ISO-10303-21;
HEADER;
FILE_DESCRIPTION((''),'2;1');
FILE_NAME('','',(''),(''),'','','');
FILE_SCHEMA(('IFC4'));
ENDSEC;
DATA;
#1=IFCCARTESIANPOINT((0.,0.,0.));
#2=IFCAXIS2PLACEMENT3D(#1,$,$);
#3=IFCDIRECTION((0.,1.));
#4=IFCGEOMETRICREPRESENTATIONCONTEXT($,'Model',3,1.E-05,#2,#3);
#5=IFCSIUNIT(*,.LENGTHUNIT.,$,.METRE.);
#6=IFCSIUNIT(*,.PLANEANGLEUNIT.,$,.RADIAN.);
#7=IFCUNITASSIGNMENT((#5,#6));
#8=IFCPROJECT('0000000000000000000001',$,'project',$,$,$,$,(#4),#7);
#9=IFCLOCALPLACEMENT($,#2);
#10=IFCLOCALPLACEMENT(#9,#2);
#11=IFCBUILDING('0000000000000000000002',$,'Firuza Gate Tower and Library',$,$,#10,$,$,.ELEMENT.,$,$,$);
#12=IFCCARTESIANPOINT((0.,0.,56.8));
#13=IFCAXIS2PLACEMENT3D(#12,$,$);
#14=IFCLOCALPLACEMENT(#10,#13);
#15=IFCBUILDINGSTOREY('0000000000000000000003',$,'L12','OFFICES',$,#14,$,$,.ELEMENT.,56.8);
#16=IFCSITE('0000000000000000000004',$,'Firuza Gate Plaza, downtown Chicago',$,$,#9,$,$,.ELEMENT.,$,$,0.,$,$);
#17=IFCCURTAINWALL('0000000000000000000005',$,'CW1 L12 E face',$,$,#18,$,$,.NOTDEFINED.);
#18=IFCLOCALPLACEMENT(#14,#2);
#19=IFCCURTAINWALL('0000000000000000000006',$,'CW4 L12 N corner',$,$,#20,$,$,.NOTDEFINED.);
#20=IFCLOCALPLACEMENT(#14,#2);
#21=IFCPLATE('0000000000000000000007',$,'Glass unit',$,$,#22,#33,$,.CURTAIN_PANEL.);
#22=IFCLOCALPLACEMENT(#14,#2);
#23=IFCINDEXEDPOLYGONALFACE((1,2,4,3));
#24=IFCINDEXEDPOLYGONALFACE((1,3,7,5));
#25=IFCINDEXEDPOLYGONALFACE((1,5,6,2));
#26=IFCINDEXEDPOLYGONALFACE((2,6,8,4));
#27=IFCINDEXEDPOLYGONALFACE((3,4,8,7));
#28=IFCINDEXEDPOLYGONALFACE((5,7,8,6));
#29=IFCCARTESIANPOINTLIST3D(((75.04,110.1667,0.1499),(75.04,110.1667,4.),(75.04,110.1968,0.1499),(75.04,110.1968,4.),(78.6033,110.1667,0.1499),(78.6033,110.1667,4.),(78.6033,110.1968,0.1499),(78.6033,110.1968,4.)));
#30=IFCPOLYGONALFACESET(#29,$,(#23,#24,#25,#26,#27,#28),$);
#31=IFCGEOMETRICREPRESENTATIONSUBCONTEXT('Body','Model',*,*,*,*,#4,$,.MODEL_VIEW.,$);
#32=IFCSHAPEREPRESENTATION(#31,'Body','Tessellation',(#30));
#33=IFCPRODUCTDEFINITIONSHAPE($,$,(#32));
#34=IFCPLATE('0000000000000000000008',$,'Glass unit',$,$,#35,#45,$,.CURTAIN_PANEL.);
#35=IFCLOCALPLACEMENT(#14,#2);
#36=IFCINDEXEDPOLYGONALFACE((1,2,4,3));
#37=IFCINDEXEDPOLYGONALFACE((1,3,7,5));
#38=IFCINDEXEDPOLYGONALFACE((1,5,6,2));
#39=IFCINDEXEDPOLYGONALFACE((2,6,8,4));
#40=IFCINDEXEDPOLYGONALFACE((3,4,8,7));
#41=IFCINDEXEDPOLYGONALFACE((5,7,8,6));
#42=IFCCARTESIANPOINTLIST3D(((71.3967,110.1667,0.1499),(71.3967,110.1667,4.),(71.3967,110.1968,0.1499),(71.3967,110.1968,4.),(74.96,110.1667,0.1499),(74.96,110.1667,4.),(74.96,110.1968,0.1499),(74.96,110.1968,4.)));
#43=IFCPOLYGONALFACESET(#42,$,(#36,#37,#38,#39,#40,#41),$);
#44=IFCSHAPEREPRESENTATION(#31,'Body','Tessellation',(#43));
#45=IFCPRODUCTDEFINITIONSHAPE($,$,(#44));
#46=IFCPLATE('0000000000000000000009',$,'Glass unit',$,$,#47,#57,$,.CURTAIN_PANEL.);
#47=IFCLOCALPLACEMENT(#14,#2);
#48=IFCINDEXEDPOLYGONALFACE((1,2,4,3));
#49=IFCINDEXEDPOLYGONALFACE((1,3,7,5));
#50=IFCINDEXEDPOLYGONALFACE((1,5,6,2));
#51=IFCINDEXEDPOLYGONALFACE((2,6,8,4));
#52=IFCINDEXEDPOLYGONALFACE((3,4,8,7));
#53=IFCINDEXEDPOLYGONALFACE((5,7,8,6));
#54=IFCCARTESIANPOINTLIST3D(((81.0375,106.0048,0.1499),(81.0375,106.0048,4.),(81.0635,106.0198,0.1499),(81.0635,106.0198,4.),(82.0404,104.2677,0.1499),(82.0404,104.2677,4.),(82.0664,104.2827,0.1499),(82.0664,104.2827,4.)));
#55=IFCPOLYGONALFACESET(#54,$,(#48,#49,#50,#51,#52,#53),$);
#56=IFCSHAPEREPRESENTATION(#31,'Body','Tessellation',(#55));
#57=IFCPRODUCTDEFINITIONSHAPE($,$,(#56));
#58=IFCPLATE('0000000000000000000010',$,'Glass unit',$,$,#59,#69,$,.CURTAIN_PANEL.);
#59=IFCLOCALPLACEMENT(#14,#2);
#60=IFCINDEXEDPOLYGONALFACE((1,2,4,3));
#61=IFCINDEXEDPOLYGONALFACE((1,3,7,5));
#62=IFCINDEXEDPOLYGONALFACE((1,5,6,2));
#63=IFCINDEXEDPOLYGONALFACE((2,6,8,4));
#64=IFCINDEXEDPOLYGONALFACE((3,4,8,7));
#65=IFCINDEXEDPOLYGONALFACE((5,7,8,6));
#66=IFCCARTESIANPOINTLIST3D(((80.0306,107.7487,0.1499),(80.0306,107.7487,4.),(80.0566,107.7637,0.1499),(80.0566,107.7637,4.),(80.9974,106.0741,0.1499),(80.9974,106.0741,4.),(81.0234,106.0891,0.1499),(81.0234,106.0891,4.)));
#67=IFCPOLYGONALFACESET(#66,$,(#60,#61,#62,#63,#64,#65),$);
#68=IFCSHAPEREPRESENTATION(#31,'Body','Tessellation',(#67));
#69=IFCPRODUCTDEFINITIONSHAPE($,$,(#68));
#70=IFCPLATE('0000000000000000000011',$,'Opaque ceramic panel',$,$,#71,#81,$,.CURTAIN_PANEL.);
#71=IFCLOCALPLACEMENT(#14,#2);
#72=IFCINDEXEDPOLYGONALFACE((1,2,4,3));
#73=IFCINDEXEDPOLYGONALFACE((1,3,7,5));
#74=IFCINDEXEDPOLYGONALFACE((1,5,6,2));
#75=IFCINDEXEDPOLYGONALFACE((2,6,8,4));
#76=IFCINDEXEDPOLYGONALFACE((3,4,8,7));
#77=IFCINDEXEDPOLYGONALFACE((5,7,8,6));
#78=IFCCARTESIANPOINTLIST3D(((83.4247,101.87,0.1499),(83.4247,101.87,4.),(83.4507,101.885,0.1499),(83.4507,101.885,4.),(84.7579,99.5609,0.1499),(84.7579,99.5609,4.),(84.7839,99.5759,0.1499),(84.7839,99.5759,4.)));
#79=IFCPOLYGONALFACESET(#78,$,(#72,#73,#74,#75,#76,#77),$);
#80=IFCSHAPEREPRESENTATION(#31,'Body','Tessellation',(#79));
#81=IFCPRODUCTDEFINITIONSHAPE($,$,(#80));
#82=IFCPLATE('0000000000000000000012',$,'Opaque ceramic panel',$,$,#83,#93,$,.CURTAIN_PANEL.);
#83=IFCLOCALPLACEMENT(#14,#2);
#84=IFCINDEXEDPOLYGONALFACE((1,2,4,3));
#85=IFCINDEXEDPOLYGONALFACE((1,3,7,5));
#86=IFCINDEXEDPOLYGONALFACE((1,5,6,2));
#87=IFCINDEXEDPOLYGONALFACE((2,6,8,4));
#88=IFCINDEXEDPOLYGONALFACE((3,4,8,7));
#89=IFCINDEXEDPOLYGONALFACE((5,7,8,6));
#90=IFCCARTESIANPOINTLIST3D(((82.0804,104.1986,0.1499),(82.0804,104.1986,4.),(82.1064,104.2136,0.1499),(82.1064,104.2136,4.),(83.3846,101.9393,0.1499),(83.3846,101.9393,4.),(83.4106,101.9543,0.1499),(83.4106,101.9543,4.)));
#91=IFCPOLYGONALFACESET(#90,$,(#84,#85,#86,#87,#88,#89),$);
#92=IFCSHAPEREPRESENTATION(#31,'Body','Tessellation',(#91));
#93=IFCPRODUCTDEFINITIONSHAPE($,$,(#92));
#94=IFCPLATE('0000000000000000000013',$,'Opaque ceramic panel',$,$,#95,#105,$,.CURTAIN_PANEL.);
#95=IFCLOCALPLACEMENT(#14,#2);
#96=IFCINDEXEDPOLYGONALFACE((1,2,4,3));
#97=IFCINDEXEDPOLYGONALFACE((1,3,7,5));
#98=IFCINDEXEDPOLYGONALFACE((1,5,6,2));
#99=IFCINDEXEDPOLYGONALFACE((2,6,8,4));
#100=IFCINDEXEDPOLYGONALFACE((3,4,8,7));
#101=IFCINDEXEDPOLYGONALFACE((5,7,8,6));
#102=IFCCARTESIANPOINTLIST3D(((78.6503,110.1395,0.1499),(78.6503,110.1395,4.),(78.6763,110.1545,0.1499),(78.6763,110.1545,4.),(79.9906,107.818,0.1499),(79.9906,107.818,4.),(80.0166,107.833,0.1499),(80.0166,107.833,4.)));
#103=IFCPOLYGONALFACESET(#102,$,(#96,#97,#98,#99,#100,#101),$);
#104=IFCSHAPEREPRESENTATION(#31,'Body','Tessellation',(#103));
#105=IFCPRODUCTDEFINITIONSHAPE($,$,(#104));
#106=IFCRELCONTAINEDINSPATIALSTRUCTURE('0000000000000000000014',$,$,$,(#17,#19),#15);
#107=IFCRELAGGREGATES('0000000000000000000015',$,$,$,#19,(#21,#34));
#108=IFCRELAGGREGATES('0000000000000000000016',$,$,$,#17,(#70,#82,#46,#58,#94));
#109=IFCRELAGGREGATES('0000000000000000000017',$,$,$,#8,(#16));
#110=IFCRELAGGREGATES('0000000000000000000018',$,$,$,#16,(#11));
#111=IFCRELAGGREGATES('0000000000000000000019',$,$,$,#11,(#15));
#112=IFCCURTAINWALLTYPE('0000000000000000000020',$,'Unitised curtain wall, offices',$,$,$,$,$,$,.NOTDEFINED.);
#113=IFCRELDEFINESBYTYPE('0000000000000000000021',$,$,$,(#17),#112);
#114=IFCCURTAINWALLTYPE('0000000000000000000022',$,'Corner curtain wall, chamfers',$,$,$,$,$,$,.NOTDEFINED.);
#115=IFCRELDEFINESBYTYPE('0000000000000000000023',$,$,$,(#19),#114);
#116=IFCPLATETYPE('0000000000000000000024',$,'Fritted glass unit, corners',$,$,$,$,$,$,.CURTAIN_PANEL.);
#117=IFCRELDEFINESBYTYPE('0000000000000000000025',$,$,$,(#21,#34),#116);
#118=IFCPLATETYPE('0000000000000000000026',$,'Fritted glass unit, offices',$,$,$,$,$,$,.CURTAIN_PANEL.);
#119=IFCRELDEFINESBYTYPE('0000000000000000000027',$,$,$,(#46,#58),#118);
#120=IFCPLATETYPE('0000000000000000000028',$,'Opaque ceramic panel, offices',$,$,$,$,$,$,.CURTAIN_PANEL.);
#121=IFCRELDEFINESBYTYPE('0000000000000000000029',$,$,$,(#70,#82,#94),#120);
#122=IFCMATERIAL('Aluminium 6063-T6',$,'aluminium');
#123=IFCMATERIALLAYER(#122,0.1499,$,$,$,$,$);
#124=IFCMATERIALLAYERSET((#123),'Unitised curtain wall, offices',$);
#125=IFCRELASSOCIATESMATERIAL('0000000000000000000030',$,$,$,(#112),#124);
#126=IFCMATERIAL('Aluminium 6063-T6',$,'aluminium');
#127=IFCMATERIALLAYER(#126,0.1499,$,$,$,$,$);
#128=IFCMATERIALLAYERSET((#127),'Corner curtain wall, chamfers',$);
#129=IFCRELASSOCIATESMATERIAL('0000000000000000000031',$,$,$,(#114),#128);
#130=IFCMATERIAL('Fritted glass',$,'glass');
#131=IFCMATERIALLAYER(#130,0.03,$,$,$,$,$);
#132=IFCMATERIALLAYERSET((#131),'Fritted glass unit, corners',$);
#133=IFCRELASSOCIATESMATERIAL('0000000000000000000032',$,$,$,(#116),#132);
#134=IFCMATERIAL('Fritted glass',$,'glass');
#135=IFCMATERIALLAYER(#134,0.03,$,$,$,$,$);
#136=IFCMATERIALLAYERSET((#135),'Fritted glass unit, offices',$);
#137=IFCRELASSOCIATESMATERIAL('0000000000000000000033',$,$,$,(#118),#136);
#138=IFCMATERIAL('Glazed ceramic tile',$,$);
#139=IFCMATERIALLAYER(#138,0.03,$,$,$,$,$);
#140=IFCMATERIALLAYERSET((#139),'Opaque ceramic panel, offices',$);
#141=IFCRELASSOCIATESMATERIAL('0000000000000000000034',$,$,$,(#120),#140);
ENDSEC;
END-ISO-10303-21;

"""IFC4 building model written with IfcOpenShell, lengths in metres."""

from ifc_helpers import new_model, si_unit, direction, frame, origin, place, context, subcontext, project, spatial, polyline, outline, extrude, material, layer, layer_set, type_object, element, aggregate, save


model = new_model("IFC4")

# Units and contexts
model_context = context("Model", 3, precision=1e-05, world=origin(), true_north=direction((0.0, 1.0)))
body_context = subcontext(model_context, "Body", "Model", "MODEL_VIEW")
ifc_project = project(units=[si_unit("LENGTHUNIT", "METRE"), si_unit("PLANEANGLEUNIT", "RADIAN")], contexts=[model_context])

# Site, building, storey
site_placement = place(None, origin())
site = spatial("IfcSite", under=ifc_project, at=site_placement, Name="Firuza Gate Plaza, downtown Chicago", CompositionType="ELEMENT", RefElevation=0.0)
building_placement = place(site_placement, origin())
building = spatial("IfcBuilding", under=site, at=building_placement, Name="Firuza Gate Tower and Library", CompositionType="ELEMENT")
storey_placement = place(building_placement, frame((0.0, 0.0, 56.8)))
storey = spatial("IfcBuildingStorey", under=building, at=storey_placement, Name="L12", Description="OFFICES", CompositionType="ELEMENT", Elevation=56.8)

# Curtain walls
ifc_material_1 = material(Name="Aluminium 6063-T6", Category="aluminium")
ifc_layer_1 = layer(ifc_material_1, 0.1499)
ifc_layer_set_1 = layer_set([ifc_layer_1], Name="Unitised curtain wall, offices")
curtain_wall_type_1 = type_object("IfcCurtainWallType", Name="Unitised curtain wall, offices", PredefinedType="NOTDEFINED", material=ifc_layer_set_1)
placement = place(storey_placement, origin())
curtain_wall_1 = element("IfcCurtainWall", 1, at=placement, inside=storey, type_object=curtain_wall_type_1, Name="CW1 L12 E face", PredefinedType="NOTDEFINED")
ifc_material_2 = material(Name="Aluminium 6063-T6", Category="aluminium")
ifc_layer_2 = layer(ifc_material_2, 0.1499)
ifc_layer_set_2 = layer_set([ifc_layer_2], Name="Corner curtain wall, chamfers")
curtain_wall_type_2 = type_object("IfcCurtainWallType", Name="Corner curtain wall, chamfers", PredefinedType="NOTDEFINED", material=ifc_layer_set_2)
curtain_wall_2 = element("IfcCurtainWall", 2, at=placement, inside=storey, type_object=curtain_wall_type_2, Name="CW4 L12 N corner", PredefinedType="NOTDEFINED")

# Plates
ifc_material_3 = material(Name="Fritted glass", Category="glass")
ifc_layer_3 = layer(ifc_material_3, 0.03)
ifc_layer_set_3 = layer_set([ifc_layer_3], Name="Fritted glass unit, corners")
plate_type_1 = type_object("IfcPlateType", Name="Fritted glass unit, corners", PredefinedType="CURTAIN_PANEL", material=ifc_layer_set_3)
plate_1_placement = place(storey_placement, frame((78.6033, 110.1968, 0.1499), z_axis=(0.0, 1.0, 0.0), x_axis=(-1.0, 0.0, 0.0)))
plate_1 = element("IfcPlate", 3, at=plate_1_placement, type_object=plate_type_1, Name="Glass unit", PredefinedType="CURTAIN_PANEL", context=body_context, shape_type="SweptSolid", body=[
    extrude(outline(polyline([(0.0, 0.0), (3.5632, 0.0), (3.5632, 3.8501), (0.0, 3.8501), (0.0, 0.0)])), origin(), (0.0, 0.0, -1.0), 0.03),
])
plate_2_placement = place(storey_placement, frame((74.96, 110.1968, 0.1499), z_axis=(0.0, 1.0, 0.0), x_axis=(-1.0, 0.0, 0.0)))
plate_2 = element("IfcPlate", 4, at=plate_2_placement, type_object=plate_type_1, Name="Glass unit", PredefinedType="CURTAIN_PANEL", context=body_context, shape_type="SweptSolid", body=[
    extrude(outline(polyline([(0.0, 0.0), (3.5632, 0.0), (3.5632, 3.8501), (0.0, 3.8501), (0.0, 0.0)])), origin(), (0.0, 0.0, -1.0), 0.03),
])
aggregate(curtain_wall_2, [plate_1, plate_2])
ifc_material_4 = material(Name="Fritted glass", Category="glass")
ifc_layer_4 = layer(ifc_material_4, 0.03)
ifc_layer_set_4 = layer_set([ifc_layer_4], Name="Fritted glass unit, offices")
plate_type_2 = type_object("IfcPlateType", Name="Fritted glass unit, offices", PredefinedType="CURTAIN_PANEL", material=ifc_layer_set_4)
plate_3_placement = place(storey_placement, frame((82.0664, 104.2827, 0.1499), z_axis=(0.866017, 0.500014, 0.0), x_axis=(-0.500014, 0.866017, 0.0)))
plate_3 = element("IfcPlate", 5, at=plate_3_placement, type_object=plate_type_2, Name="Glass unit", PredefinedType="CURTAIN_PANEL", context=body_context, shape_type="SweptSolid", body=[
    extrude(outline(polyline([(0.0, 0.0), (2.0058, 0.0), (2.0058, 3.8501), (0.0, 3.8501), (0.0, 0.0)])), origin(), (0.0, 0.0, -1.0), 0.03),
])
plate_4_placement = place(storey_placement, frame((81.0234, 106.0891, 0.1499), z_axis=(0.866028, 0.499996, 0.0), x_axis=(-0.499996, 0.866028, 0.0)))
plate_4 = element("IfcPlate", 6, at=plate_4_placement, type_object=plate_type_2, Name="Glass unit", PredefinedType="CURTAIN_PANEL", context=body_context, shape_type="SweptSolid", body=[
    extrude(outline(polyline([(0.0, 0.0), (1.9336, 0.0), (1.9336, 3.8501), (0.0, 3.8501), (0.0, 0.0)])), origin(), (0.0, 0.0, -1.0), 0.03),
])
ifc_material_5 = material(Name="Glazed ceramic tile")
ifc_layer_5 = layer(ifc_material_5, 0.03)
ifc_layer_set_5 = layer_set([ifc_layer_5], Name="Opaque ceramic panel, offices")
plate_type_3 = type_object("IfcPlateType", Name="Opaque ceramic panel, offices", PredefinedType="CURTAIN_PANEL", material=ifc_layer_set_5)
plate_5_placement = place(storey_placement, frame((84.7839, 99.5759, 0.1499), z_axis=(0.866009, 0.500029, 0.0), x_axis=(-0.500029, 0.866009, 0.0)))
plate_5 = element("IfcPlate", 7, at=plate_5_placement, type_object=plate_type_3, Name="Opaque ceramic panel", PredefinedType="CURTAIN_PANEL", context=body_context, shape_type="SweptSolid", body=[
    extrude(outline(polyline([(0.0, 0.0), (2.6663, 0.0), (2.6663, 3.8501), (0.0, 3.8501), (0.0, 0.0)])), origin(), (0.0, 0.0, -1.0), 0.03),
])
plate_6_placement = place(storey_placement, frame((83.4106, 101.9543, 0.1499), z_axis=(0.866058, 0.499944, 0.0), x_axis=(-0.499944, 0.866058, 0.0)))
plate_6 = element("IfcPlate", 8, at=plate_6_placement, type_object=plate_type_3, Name="Opaque ceramic panel", PredefinedType="CURTAIN_PANEL", context=body_context, shape_type="SweptSolid", body=[
    extrude(outline(polyline([(0.0, 0.0), (2.6087, 0.0), (2.6087, 3.8501), (0.0, 3.8501), (0.0, 0.0)])), origin(), (0.0, 0.0, -1.0), 0.03),
])
plate_7_placement = place(storey_placement, frame((80.0166, 107.833, 0.1499), z_axis=(0.866026, 0.499998, 0.0), x_axis=(-0.499998, 0.866026, 0.0)))
plate_7 = element("IfcPlate", 9, at=plate_7_placement, type_object=plate_type_3, Name="Opaque ceramic panel", PredefinedType="CURTAIN_PANEL", context=body_context, shape_type="SweptSolid", body=[
    extrude(outline(polyline([(0.0, 0.0), (2.6807, 0.0), (2.6807, 3.8501), (0.0, 3.8501), (0.0, 0.0)])), origin(), (0.0, 0.0, -1.0), 0.03),
])
aggregate(curtain_wall_1, [plate_5, plate_6, plate_3, plate_4, plate_7])

save(model, "model.ifc")
